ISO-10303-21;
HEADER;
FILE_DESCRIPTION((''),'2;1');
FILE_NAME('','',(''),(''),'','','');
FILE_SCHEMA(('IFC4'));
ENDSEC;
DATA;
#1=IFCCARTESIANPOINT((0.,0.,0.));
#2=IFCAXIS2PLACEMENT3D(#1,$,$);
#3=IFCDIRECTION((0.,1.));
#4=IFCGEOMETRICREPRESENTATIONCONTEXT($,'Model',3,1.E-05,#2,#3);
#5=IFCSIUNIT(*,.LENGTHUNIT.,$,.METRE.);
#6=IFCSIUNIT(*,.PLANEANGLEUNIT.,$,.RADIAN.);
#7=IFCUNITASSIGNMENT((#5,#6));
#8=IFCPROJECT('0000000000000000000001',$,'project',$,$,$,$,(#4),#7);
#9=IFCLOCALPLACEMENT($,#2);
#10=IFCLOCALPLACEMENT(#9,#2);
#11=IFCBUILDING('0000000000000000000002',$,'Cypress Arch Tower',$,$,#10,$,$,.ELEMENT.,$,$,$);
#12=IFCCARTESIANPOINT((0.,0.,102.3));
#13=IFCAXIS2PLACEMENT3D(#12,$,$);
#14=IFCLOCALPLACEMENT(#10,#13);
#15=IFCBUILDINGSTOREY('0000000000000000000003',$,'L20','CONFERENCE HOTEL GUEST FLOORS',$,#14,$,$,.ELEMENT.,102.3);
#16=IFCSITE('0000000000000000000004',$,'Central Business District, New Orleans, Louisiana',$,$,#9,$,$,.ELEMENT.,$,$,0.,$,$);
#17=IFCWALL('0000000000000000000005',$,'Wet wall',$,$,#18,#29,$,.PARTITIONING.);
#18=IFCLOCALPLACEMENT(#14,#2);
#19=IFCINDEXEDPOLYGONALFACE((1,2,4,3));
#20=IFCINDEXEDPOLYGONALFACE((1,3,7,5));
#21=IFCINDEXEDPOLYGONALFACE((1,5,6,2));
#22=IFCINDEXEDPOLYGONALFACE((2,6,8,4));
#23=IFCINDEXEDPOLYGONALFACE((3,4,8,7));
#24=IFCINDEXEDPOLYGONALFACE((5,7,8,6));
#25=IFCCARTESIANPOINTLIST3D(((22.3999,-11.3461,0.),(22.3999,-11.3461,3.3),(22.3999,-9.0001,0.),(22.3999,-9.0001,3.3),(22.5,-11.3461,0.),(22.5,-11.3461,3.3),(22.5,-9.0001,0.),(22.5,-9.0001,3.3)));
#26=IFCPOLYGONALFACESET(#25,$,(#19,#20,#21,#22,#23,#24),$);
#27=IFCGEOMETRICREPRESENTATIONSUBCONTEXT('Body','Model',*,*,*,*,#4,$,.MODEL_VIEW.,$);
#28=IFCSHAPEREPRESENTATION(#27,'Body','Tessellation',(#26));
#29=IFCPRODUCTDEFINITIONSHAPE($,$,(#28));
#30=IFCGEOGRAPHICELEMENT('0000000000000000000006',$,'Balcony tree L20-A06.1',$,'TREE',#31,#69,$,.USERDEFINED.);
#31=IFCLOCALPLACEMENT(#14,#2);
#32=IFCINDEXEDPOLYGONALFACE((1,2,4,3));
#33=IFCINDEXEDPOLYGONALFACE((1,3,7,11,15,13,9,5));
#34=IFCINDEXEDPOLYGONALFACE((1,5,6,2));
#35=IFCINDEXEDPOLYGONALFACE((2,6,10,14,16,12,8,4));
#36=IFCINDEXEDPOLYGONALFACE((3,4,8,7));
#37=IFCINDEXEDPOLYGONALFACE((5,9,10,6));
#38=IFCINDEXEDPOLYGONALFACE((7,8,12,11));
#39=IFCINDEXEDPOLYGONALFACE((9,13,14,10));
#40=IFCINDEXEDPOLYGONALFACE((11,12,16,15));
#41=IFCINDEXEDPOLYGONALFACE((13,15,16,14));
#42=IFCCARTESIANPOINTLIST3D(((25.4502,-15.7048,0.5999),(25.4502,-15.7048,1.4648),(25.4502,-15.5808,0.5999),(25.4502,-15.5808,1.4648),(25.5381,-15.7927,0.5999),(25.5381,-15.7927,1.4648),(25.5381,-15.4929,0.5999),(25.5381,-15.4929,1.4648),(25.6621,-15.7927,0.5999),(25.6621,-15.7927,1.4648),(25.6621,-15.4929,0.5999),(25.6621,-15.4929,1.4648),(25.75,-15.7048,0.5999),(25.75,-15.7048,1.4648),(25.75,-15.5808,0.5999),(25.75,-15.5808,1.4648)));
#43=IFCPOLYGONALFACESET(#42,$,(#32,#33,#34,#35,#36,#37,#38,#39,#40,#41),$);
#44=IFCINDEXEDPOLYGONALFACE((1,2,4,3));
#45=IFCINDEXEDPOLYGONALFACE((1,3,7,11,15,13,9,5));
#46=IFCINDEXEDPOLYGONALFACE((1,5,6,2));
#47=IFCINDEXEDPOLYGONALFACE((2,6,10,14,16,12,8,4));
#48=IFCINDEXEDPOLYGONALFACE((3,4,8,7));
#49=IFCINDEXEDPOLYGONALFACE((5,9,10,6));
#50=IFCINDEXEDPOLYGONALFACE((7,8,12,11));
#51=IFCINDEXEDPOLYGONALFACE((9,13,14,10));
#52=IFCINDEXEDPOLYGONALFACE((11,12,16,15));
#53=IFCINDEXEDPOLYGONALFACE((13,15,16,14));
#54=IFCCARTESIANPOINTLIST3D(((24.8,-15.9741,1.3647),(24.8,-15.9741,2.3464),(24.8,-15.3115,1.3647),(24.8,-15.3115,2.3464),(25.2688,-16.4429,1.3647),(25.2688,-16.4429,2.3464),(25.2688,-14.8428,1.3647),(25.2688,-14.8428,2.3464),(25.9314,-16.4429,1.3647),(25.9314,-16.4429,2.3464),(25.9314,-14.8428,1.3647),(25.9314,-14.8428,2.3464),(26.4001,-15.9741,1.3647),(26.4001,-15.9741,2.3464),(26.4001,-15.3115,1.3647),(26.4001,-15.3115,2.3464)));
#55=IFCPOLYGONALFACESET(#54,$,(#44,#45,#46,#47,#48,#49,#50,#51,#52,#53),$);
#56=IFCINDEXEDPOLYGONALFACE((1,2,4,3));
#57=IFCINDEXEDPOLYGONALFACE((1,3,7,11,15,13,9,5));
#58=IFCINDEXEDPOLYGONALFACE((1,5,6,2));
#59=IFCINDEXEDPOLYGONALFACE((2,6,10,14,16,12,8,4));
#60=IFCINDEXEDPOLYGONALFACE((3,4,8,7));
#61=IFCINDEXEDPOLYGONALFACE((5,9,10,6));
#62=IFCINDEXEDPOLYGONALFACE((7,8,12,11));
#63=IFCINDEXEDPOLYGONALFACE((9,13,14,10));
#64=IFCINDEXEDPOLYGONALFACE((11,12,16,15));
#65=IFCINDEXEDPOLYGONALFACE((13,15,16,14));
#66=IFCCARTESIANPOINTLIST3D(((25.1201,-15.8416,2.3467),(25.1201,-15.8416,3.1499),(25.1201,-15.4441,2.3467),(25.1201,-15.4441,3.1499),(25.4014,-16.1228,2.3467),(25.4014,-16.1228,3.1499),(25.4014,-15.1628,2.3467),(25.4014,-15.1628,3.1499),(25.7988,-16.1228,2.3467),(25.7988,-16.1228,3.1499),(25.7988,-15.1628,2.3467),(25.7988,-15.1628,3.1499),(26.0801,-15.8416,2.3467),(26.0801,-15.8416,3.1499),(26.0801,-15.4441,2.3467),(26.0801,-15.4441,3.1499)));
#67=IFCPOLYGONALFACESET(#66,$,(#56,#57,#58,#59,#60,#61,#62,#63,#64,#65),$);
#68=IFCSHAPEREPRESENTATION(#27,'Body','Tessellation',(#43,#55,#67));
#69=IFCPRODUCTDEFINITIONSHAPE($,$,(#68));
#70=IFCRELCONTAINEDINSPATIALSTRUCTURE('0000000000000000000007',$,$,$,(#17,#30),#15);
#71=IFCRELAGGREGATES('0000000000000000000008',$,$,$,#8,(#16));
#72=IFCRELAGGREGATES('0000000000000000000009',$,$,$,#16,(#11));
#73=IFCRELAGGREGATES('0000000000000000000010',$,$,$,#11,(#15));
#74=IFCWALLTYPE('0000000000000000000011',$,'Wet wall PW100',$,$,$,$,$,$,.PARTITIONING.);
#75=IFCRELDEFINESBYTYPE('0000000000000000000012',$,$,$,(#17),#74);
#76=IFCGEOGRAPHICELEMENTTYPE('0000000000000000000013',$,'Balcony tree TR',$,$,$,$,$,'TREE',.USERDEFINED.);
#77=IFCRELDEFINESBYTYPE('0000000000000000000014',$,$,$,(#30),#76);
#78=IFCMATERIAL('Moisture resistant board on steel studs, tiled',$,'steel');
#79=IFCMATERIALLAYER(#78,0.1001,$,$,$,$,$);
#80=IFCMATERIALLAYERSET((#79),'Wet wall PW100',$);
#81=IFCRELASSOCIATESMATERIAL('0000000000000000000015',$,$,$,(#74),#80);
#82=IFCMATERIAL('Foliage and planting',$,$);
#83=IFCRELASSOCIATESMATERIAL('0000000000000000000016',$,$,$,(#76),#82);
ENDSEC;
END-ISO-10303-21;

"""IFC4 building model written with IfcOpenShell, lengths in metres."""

from ifc_helpers import new_model, si_unit, direction, frame, frame_2d, origin, place, context, subcontext, project, spatial, polyline, rectangle, outline, extrude, material, layer, layer_set, type_object, element, save


model = new_model("IFC4")

# Units and contexts
model_context = context("Model", 3, precision=1e-05, world=origin(), true_north=direction((0.0, 1.0)))
body_context = subcontext(model_context, "Body", "Model", "MODEL_VIEW")
ifc_project = project(units=[si_unit("LENGTHUNIT", "METRE"), si_unit("PLANEANGLEUNIT", "RADIAN")], contexts=[model_context])

# Site, building, storey
site_placement = place(None, origin())
site = spatial("IfcSite", under=ifc_project, at=site_placement, Name="Central Business District, New Orleans, Louisiana", CompositionType="ELEMENT", RefElevation=0.0)
building_placement = place(site_placement, origin())
building = spatial("IfcBuilding", under=site, at=building_placement, Name="Cypress Arch Tower", CompositionType="ELEMENT")
storey_placement = place(building_placement, frame((0.0, 0.0, 102.3)))
storey = spatial("IfcBuildingStorey", under=building, at=storey_placement, Name="L20", Description="CONFERENCE HOTEL GUEST FLOORS", CompositionType="ELEMENT", Elevation=102.3)

# Shared definitions
ifc_material_1 = material(Name="Moisture resistant board on steel studs, tiled", Category="steel")
ifc_layer_1 = layer(ifc_material_1, 0.1001)
ifc_layer_set_1 = layer_set([ifc_layer_1], Name="Wet wall PW100")
wall_type_1 = type_object("IfcWallType", Name="Wet wall PW100", PredefinedType="PARTITIONING", material=ifc_layer_set_1)

# Wall
wall_1_placement = place(storey_placement, frame((22.45, -11.3459, 0.0), z_axis=(0.0, 0.0, 1.0), x_axis=(0.0, 1.0, 0.0)))
element("IfcWall", 1, at=wall_1_placement, inside=storey, type_object=wall_type_1, Name="Wet wall", PredefinedType="PARTITIONING", context=body_context, shape_type="SweptSolid", body=[
    extrude(rectangle(XDim=2.3459, YDim=0.1001, at=frame_2d((1.1729, 0.0))), origin(), (0.0, 0.0, 1.0), 3.3),
])

# Geographic element
ifc_material_2 = material(Name="Foliage and planting")
geographic_element_type = type_object("IfcGeographicElementType", Name="Balcony tree TR", ElementType="TREE", PredefinedType="USERDEFINED", material=ifc_material_2)
geographic_element_placement = place(storey_placement, frame((25.6001, -15.6428, 0.5999), z_axis=(0.0, 0.0, 1.0), x_axis=(1.0, 0.0, 0.0)))
element("IfcGeographicElement", 2, at=geographic_element_placement, inside=storey, type_object=geographic_element_type, Name="Balcony tree L20-A06.1", ObjectType="TREE", PredefinedType="USERDEFINED", context=body_context, shape_type="SweptSolid", body=[
    extrude(outline(polyline([(0.1499, 0.062), (0.062, 0.1499), (-0.062, 0.1499), (-0.1499, 0.062), (-0.1499, -0.062), (-0.062, -0.1499), (0.062, -0.1499), (0.1499, -0.062), (0.1499, 0.062)])), origin(), (0.0, 0.0, 1.0), 0.865),
    extrude(outline(polyline([(0.8, 0.3313), (0.3313, 0.8), (-0.3313, 0.8), (-0.8, 0.3313), (-0.8, -0.3313), (-0.3313, -0.8), (0.3313, -0.8), (0.8, -0.3313), (0.8, 0.3313)])), frame((0.0, 0.0, 0.7649)), (0.0, 0.0, 1.0), 0.9817),
    extrude(outline(polyline([(0.48, 0.1987), (0.1987, 0.48), (-0.1987, 0.48), (-0.48, 0.1987), (-0.48, -0.1987), (-0.1987, -0.48), (0.1987, -0.48), (0.48, -0.1987), (0.48, 0.1987)])), frame((0.0, 0.0, 1.7468)), (0.0, 0.0, 1.0), 0.8032),
])

save(model, "model.ifc")
